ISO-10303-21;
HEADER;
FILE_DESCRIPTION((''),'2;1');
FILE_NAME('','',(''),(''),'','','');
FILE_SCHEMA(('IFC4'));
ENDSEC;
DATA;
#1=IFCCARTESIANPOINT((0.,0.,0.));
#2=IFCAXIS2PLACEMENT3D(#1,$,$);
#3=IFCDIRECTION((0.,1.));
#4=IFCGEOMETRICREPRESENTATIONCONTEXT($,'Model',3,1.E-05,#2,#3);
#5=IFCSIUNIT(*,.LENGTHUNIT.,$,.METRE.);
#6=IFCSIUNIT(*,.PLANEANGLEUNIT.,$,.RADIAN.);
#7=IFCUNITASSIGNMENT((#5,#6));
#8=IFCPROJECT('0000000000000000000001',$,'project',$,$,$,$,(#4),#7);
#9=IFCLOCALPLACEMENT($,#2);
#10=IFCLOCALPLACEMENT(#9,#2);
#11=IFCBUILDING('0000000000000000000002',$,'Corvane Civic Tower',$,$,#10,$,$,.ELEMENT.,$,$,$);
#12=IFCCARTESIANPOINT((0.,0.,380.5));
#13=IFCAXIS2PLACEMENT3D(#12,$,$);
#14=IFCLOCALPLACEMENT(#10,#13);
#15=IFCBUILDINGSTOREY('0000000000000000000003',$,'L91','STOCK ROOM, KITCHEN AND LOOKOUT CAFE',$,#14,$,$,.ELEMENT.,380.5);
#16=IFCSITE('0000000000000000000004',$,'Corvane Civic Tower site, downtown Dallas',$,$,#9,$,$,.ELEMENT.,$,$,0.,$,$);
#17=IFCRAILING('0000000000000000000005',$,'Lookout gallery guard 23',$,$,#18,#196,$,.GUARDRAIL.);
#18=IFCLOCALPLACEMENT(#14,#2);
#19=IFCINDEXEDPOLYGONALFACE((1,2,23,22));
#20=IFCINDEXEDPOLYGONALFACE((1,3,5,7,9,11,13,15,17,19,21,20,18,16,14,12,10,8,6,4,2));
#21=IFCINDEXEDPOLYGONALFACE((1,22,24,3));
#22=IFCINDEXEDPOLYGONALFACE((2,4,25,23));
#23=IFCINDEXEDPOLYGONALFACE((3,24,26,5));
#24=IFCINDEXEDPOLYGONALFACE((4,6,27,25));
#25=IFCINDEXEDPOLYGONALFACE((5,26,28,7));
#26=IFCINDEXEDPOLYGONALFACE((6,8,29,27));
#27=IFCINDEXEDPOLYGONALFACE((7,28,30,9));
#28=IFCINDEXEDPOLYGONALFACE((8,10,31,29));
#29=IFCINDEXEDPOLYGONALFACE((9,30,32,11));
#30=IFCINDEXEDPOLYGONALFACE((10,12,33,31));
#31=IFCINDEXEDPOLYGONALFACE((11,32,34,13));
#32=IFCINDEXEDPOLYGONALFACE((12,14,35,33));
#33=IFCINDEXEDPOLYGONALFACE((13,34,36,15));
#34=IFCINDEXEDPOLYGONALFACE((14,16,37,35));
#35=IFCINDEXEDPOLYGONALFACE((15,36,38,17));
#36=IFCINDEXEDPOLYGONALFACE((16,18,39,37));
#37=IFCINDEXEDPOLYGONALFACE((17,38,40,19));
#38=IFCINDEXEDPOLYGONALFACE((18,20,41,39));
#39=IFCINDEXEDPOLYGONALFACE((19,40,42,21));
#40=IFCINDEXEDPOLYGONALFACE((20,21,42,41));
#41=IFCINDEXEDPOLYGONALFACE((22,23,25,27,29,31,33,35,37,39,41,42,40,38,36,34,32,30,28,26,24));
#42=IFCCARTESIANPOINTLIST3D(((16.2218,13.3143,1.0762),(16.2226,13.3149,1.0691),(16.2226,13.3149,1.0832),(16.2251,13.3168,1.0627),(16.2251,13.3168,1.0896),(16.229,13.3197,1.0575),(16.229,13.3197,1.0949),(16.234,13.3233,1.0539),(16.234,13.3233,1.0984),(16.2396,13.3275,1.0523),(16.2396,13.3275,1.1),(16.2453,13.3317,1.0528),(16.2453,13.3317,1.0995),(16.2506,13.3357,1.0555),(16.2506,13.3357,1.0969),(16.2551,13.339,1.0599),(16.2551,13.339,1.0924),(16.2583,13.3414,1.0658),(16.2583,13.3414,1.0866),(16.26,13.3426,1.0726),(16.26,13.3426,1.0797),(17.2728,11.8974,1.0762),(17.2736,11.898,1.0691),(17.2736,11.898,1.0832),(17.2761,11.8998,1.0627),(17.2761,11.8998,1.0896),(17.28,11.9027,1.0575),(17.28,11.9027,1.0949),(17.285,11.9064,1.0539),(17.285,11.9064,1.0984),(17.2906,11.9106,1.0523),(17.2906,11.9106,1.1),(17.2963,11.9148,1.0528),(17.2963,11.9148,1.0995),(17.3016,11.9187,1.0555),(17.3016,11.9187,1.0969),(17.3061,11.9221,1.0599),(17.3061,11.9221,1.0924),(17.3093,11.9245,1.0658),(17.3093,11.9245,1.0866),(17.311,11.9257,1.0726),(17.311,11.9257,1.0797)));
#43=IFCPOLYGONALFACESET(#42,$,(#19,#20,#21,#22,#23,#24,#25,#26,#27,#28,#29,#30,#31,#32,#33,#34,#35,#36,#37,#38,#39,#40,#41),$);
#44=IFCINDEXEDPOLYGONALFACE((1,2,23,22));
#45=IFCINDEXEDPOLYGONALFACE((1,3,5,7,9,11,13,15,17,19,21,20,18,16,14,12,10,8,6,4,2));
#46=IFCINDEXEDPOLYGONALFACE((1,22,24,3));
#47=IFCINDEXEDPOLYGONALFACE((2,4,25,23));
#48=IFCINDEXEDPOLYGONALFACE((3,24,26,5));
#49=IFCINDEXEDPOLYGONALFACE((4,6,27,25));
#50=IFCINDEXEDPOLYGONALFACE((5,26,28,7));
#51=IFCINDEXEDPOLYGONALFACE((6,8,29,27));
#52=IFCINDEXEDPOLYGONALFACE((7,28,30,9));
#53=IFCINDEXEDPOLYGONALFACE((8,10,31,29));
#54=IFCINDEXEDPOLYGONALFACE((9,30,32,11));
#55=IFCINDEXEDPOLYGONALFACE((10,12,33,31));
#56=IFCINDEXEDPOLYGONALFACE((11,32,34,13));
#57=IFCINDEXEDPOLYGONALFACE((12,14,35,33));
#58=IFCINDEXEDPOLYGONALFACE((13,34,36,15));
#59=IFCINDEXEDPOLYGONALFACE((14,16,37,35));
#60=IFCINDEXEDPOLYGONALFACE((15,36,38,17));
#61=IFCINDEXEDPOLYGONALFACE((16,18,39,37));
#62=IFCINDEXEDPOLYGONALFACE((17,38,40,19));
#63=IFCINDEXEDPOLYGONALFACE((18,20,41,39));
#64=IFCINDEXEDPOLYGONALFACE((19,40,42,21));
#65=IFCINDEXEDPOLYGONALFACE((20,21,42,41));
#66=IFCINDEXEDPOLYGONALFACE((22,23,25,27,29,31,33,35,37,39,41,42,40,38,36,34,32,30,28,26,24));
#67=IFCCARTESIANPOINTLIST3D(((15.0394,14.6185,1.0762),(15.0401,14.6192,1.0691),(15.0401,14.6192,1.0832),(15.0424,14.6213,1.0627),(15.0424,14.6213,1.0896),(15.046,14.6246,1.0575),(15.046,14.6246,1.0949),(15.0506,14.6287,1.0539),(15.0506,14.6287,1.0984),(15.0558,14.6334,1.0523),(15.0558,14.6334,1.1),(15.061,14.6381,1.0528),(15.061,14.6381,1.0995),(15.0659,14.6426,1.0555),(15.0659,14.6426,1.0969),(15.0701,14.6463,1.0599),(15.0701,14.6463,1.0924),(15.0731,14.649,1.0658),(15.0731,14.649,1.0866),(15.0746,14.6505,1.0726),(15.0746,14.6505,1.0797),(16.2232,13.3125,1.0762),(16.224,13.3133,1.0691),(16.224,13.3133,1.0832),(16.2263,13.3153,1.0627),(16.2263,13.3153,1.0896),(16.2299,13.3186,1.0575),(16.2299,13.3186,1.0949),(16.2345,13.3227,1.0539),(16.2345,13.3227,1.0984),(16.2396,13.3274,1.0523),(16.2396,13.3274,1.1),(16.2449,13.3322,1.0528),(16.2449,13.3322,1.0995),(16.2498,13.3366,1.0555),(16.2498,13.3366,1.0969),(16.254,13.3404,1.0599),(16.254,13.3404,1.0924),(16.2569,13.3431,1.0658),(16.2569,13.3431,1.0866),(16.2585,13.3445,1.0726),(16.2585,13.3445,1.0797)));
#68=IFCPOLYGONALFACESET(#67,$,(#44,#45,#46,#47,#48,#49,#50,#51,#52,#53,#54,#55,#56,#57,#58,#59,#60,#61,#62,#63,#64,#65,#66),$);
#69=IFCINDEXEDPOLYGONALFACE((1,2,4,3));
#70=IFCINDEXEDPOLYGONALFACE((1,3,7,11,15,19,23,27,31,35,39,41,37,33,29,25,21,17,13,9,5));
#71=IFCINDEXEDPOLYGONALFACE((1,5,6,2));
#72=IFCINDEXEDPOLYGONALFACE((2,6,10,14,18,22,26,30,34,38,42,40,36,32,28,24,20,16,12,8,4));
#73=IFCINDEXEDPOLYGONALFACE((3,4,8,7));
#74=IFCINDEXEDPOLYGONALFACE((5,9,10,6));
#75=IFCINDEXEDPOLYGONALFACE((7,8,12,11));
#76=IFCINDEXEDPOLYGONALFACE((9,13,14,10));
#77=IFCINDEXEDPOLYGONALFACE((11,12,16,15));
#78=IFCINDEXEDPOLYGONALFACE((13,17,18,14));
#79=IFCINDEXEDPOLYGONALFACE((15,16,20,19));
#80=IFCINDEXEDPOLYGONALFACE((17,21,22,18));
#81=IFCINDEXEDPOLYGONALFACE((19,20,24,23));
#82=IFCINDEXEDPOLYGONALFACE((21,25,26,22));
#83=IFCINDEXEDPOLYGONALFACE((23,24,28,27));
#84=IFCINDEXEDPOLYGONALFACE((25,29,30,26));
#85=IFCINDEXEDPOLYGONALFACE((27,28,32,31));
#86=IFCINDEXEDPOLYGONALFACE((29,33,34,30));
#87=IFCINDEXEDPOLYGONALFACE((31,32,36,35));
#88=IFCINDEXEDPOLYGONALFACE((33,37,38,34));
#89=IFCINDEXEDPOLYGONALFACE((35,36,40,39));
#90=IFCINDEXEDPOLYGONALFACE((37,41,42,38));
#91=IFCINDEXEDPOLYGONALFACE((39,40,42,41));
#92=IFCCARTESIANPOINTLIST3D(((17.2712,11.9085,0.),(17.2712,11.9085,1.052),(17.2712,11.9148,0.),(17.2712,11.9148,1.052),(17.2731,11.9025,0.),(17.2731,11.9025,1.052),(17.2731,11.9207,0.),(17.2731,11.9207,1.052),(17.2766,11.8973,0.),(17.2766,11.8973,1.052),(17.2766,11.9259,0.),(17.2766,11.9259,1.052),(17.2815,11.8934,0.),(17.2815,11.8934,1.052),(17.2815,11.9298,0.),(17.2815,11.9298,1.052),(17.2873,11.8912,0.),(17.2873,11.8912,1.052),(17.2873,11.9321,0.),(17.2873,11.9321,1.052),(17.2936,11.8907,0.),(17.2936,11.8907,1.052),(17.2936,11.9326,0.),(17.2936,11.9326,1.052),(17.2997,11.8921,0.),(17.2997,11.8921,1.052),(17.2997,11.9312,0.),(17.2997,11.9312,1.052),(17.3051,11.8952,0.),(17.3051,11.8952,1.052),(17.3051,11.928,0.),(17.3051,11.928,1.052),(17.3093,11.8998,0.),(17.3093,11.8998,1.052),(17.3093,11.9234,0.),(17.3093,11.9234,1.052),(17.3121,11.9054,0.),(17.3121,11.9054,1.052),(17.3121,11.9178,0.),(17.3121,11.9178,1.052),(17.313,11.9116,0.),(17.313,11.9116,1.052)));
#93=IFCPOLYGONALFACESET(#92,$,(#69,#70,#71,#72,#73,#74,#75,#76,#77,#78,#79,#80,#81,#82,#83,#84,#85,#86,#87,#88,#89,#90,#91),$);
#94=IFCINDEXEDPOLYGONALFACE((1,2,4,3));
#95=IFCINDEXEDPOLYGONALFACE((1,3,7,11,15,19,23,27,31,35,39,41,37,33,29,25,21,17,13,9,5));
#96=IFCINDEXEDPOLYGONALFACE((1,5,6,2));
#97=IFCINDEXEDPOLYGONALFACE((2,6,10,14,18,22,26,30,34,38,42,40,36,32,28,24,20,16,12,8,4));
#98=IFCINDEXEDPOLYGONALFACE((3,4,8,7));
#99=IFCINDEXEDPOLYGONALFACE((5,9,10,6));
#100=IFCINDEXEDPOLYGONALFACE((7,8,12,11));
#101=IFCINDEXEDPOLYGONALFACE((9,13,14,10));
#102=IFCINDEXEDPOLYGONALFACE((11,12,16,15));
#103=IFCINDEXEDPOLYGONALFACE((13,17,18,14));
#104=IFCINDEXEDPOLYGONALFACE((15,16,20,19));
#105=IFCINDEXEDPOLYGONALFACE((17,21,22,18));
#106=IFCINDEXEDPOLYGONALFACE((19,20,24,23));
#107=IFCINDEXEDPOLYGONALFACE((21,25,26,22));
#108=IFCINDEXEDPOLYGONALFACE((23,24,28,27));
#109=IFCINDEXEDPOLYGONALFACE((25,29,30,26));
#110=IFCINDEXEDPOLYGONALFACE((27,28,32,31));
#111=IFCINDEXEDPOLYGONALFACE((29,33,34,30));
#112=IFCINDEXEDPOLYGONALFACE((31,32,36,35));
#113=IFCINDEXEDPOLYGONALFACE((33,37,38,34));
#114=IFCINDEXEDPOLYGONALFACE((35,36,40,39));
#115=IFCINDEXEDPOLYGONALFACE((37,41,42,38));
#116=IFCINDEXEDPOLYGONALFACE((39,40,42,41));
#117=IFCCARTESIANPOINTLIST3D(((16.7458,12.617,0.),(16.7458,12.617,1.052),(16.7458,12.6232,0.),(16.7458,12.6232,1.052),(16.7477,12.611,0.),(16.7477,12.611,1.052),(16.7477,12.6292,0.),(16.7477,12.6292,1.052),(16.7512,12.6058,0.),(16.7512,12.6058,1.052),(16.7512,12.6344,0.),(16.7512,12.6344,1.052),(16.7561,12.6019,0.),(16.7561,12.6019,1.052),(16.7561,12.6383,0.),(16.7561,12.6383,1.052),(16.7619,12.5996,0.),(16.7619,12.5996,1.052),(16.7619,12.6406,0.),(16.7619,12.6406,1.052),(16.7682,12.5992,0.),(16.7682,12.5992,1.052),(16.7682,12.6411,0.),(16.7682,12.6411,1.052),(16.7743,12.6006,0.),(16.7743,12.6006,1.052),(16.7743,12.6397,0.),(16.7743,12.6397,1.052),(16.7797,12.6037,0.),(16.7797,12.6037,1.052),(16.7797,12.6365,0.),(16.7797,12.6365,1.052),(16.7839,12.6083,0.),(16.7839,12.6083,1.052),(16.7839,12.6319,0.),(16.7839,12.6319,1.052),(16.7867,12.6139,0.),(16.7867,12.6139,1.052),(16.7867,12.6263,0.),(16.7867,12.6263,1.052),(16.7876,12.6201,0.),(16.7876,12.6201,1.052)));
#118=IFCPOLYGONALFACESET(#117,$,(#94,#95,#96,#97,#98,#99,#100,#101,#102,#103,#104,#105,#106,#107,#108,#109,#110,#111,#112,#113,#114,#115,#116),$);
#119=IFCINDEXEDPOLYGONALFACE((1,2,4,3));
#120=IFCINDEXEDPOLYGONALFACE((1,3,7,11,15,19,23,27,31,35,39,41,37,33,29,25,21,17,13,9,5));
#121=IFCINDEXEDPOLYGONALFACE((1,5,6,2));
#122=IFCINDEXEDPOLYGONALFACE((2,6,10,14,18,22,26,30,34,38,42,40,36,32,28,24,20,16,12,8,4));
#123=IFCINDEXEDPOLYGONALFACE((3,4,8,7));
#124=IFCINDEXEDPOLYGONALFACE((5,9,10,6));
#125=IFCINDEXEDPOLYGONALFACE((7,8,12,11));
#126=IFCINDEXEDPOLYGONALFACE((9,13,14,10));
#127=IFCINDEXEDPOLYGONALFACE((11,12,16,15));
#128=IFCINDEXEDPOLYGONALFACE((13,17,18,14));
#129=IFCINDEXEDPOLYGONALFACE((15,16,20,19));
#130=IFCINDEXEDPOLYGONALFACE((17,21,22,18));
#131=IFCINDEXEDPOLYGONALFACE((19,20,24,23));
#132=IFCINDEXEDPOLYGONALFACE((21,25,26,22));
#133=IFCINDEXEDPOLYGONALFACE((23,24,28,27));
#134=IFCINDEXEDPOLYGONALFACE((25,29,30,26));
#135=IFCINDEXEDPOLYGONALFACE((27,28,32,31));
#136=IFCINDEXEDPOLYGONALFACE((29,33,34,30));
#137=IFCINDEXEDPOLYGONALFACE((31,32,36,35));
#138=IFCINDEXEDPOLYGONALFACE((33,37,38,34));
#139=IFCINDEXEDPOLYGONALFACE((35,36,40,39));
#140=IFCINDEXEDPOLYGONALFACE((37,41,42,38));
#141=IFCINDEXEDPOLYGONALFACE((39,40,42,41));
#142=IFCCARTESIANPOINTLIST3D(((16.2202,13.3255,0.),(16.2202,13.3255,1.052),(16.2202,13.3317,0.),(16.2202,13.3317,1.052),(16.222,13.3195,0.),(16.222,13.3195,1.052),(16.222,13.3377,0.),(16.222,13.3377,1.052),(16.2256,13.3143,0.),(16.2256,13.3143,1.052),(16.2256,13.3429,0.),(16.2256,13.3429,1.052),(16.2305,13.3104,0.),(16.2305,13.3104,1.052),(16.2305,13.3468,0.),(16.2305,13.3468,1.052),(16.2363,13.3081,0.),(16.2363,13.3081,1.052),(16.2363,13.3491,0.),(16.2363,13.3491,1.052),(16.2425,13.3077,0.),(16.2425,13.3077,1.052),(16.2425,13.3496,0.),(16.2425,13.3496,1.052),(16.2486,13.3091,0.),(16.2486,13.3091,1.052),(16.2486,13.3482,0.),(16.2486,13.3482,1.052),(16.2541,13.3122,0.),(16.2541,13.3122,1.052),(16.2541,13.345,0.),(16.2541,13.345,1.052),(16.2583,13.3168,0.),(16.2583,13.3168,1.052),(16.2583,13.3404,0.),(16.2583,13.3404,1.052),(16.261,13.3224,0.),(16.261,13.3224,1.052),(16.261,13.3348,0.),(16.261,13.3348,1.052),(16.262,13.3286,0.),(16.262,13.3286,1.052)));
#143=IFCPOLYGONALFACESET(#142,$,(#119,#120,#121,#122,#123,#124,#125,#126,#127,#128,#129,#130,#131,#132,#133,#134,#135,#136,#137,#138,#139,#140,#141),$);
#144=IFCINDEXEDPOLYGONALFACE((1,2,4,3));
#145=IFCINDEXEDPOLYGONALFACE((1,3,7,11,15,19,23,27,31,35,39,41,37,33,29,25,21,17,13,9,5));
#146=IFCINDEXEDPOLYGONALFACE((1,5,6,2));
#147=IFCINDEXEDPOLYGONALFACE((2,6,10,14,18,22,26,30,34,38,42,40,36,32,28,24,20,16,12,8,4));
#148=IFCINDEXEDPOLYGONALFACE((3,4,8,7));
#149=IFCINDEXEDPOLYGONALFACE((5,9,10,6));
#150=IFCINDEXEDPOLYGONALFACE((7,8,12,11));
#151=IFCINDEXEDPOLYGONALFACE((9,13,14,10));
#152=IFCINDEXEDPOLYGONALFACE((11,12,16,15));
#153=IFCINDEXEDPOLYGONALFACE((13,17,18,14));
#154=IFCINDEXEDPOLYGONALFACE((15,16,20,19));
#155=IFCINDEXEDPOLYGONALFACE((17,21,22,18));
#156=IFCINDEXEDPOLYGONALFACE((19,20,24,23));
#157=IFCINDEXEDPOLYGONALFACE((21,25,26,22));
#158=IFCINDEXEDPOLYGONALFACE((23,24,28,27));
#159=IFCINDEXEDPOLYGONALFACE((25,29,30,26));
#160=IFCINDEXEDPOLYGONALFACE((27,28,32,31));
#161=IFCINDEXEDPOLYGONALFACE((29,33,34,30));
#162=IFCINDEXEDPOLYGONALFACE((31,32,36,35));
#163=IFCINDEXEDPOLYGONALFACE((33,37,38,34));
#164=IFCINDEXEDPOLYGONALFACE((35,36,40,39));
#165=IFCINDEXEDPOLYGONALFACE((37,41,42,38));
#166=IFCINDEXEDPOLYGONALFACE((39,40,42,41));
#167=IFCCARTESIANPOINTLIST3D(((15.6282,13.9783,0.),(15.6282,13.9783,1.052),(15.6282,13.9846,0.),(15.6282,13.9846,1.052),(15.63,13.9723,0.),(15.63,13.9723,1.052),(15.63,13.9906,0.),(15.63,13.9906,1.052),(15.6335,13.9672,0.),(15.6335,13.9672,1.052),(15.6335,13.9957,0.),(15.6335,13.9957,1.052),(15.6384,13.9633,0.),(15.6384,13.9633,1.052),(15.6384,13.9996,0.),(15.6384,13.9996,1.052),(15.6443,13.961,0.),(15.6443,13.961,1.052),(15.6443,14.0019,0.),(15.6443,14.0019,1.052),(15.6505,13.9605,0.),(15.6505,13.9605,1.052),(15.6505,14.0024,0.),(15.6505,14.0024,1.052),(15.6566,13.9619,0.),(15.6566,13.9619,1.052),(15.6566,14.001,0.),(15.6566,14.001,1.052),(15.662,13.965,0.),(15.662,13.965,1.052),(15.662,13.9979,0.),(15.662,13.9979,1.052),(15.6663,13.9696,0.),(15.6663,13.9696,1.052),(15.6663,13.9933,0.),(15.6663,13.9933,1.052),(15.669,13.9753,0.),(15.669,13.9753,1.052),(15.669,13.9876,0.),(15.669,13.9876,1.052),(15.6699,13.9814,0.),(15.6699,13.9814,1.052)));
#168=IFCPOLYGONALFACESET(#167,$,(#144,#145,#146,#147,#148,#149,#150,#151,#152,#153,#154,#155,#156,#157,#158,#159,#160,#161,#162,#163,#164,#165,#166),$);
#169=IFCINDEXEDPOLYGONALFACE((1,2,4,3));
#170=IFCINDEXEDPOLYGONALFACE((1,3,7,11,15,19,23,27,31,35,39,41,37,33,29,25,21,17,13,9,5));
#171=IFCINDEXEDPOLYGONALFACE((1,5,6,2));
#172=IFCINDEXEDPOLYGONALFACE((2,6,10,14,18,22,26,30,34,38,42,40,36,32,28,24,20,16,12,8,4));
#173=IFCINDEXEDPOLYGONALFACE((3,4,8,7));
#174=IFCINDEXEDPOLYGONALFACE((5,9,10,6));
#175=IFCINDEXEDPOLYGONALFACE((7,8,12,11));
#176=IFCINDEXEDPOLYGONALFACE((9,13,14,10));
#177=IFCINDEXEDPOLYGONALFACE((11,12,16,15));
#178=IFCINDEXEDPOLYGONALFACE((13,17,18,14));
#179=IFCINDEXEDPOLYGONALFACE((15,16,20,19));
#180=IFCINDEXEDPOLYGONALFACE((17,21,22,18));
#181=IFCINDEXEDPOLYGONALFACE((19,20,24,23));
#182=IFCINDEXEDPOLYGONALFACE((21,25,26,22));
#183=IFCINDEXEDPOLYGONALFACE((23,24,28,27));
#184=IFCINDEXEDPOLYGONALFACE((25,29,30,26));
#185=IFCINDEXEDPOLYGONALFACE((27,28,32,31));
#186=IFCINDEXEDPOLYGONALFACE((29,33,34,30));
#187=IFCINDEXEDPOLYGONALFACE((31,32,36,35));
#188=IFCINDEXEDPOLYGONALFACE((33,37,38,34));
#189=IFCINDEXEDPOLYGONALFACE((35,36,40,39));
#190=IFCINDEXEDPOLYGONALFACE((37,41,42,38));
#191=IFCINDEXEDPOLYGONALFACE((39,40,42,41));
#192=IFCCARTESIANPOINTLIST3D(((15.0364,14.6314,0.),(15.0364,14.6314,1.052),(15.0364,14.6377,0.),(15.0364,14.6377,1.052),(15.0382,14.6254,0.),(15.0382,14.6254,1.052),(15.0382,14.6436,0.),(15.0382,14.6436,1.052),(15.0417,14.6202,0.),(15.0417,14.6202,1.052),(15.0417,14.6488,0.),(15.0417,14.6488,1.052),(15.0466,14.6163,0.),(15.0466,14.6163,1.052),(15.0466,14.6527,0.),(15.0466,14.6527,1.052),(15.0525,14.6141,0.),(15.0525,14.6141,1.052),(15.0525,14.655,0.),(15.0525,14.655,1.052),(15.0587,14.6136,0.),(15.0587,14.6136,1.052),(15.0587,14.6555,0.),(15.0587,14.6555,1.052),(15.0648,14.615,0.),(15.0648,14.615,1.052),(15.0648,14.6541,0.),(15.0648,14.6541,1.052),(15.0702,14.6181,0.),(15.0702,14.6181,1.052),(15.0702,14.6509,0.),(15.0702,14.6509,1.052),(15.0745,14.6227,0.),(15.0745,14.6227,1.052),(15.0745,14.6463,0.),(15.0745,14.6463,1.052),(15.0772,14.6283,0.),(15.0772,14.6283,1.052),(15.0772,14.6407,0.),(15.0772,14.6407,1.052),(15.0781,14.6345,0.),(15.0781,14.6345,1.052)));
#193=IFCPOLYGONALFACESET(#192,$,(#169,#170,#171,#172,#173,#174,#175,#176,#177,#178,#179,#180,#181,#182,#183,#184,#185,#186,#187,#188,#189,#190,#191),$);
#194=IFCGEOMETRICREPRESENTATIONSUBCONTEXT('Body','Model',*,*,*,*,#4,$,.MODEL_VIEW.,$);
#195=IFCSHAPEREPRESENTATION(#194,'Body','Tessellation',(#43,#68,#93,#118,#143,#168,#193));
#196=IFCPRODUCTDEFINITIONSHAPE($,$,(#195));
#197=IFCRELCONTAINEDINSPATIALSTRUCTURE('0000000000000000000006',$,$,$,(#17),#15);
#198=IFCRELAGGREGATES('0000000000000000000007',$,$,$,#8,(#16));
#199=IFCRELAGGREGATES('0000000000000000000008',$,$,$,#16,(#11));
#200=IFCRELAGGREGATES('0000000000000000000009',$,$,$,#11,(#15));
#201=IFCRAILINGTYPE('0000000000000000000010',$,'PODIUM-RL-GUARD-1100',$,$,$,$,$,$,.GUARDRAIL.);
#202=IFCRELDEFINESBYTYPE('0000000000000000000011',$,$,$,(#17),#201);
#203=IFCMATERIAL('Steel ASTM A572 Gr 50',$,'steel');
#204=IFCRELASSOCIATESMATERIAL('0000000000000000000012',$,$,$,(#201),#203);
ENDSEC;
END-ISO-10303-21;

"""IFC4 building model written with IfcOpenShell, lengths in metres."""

from ifc_helpers import new_model, si_unit, direction, frame, origin, origin_2d, place, context, subcontext, project, spatial, circle, extrude, material, type_object, element, save


model = new_model("IFC4")

# Units and contexts
model_context = context("Model", 3, precision=1e-05, world=origin(), true_north=direction((0.0, 1.0)))
body_context = subcontext(model_context, "Body", "Model", "MODEL_VIEW")
ifc_project = project(units=[si_unit("LENGTHUNIT", "METRE"), si_unit("PLANEANGLEUNIT", "RADIAN")], contexts=[model_context])

# Site, building, storey
site_placement = place(None, origin())
site = spatial("IfcSite", under=ifc_project, at=site_placement, Name="Corvane Civic Tower site, downtown Dallas", CompositionType="ELEMENT", RefElevation=0.0)
building_placement = place(site_placement, origin())
building = spatial("IfcBuilding", under=site, at=building_placement, Name="Corvane Civic Tower", CompositionType="ELEMENT")
storey_placement = place(building_placement, frame((0.0, 0.0, 380.5)))
storey = spatial("IfcBuildingStorey", under=building, at=storey_placement, Name="L91", Description="STOCK ROOM, KITCHEN AND LOOKOUT CAFE", CompositionType="ELEMENT", Elevation=380.5)

# Railing
ifc_material_1 = material(Name="Steel ASTM A572 Gr 50", Category="steel")
railing_type = type_object("IfcRailingType", Name="PODIUM-RL-GUARD-1100", PredefinedType="GUARDRAIL", material=ifc_material_1)
railing_1_placement = place(storey_placement, frame((17.292, 11.9116, 0.0)))
element("IfcRailing", 1, at=railing_1_placement, inside=storey, type_object=railing_type, Name="Lookout gallery guard 23", PredefinedType="GUARDRAIL", context=body_context, shape_type="SweptSolid", body=[
    extrude(circle(Radius=0.0239, at=origin_2d()), frame((0.0, 0.0, 1.0762), z_axis=(-0.59574, 0.803177, 0.0), x_axis=(-0.803177, -0.59574, 0.0)), (0.0, 0.0, 1.0), 1.7642),
    extrude(circle(Radius=0.0239, at=origin_2d()), frame((-1.051, 1.417, 1.0762), z_axis=(-0.671631, 0.740886, 0.0), x_axis=(-0.740886, -0.671631, 0.0)), (0.0, 0.0, 1.0), 1.7627),
    extrude(circle(Radius=0.021, at=origin_2d()), origin(), (0.0, 0.0, 1.0), 1.052),
    extrude(circle(Radius=0.021, at=origin_2d()), frame((-0.5254, 0.7085, 0.0)), (0.0, 0.0, 1.0), 1.052),
    extrude(circle(Radius=0.021, at=origin_2d()), frame((-1.051, 1.417, 0.0)), (0.0, 0.0, 1.0), 1.052),
    extrude(circle(Radius=0.021, at=origin_2d()), frame((-1.6431, 2.0698, 0.0)), (0.0, 0.0, 1.0), 1.052),
    extrude(circle(Radius=0.021, at=origin_2d()), frame((-2.2349, 2.7229, 0.0)), (0.0, 0.0, 1.0), 1.052),
])

save(model, "model.ifc")
